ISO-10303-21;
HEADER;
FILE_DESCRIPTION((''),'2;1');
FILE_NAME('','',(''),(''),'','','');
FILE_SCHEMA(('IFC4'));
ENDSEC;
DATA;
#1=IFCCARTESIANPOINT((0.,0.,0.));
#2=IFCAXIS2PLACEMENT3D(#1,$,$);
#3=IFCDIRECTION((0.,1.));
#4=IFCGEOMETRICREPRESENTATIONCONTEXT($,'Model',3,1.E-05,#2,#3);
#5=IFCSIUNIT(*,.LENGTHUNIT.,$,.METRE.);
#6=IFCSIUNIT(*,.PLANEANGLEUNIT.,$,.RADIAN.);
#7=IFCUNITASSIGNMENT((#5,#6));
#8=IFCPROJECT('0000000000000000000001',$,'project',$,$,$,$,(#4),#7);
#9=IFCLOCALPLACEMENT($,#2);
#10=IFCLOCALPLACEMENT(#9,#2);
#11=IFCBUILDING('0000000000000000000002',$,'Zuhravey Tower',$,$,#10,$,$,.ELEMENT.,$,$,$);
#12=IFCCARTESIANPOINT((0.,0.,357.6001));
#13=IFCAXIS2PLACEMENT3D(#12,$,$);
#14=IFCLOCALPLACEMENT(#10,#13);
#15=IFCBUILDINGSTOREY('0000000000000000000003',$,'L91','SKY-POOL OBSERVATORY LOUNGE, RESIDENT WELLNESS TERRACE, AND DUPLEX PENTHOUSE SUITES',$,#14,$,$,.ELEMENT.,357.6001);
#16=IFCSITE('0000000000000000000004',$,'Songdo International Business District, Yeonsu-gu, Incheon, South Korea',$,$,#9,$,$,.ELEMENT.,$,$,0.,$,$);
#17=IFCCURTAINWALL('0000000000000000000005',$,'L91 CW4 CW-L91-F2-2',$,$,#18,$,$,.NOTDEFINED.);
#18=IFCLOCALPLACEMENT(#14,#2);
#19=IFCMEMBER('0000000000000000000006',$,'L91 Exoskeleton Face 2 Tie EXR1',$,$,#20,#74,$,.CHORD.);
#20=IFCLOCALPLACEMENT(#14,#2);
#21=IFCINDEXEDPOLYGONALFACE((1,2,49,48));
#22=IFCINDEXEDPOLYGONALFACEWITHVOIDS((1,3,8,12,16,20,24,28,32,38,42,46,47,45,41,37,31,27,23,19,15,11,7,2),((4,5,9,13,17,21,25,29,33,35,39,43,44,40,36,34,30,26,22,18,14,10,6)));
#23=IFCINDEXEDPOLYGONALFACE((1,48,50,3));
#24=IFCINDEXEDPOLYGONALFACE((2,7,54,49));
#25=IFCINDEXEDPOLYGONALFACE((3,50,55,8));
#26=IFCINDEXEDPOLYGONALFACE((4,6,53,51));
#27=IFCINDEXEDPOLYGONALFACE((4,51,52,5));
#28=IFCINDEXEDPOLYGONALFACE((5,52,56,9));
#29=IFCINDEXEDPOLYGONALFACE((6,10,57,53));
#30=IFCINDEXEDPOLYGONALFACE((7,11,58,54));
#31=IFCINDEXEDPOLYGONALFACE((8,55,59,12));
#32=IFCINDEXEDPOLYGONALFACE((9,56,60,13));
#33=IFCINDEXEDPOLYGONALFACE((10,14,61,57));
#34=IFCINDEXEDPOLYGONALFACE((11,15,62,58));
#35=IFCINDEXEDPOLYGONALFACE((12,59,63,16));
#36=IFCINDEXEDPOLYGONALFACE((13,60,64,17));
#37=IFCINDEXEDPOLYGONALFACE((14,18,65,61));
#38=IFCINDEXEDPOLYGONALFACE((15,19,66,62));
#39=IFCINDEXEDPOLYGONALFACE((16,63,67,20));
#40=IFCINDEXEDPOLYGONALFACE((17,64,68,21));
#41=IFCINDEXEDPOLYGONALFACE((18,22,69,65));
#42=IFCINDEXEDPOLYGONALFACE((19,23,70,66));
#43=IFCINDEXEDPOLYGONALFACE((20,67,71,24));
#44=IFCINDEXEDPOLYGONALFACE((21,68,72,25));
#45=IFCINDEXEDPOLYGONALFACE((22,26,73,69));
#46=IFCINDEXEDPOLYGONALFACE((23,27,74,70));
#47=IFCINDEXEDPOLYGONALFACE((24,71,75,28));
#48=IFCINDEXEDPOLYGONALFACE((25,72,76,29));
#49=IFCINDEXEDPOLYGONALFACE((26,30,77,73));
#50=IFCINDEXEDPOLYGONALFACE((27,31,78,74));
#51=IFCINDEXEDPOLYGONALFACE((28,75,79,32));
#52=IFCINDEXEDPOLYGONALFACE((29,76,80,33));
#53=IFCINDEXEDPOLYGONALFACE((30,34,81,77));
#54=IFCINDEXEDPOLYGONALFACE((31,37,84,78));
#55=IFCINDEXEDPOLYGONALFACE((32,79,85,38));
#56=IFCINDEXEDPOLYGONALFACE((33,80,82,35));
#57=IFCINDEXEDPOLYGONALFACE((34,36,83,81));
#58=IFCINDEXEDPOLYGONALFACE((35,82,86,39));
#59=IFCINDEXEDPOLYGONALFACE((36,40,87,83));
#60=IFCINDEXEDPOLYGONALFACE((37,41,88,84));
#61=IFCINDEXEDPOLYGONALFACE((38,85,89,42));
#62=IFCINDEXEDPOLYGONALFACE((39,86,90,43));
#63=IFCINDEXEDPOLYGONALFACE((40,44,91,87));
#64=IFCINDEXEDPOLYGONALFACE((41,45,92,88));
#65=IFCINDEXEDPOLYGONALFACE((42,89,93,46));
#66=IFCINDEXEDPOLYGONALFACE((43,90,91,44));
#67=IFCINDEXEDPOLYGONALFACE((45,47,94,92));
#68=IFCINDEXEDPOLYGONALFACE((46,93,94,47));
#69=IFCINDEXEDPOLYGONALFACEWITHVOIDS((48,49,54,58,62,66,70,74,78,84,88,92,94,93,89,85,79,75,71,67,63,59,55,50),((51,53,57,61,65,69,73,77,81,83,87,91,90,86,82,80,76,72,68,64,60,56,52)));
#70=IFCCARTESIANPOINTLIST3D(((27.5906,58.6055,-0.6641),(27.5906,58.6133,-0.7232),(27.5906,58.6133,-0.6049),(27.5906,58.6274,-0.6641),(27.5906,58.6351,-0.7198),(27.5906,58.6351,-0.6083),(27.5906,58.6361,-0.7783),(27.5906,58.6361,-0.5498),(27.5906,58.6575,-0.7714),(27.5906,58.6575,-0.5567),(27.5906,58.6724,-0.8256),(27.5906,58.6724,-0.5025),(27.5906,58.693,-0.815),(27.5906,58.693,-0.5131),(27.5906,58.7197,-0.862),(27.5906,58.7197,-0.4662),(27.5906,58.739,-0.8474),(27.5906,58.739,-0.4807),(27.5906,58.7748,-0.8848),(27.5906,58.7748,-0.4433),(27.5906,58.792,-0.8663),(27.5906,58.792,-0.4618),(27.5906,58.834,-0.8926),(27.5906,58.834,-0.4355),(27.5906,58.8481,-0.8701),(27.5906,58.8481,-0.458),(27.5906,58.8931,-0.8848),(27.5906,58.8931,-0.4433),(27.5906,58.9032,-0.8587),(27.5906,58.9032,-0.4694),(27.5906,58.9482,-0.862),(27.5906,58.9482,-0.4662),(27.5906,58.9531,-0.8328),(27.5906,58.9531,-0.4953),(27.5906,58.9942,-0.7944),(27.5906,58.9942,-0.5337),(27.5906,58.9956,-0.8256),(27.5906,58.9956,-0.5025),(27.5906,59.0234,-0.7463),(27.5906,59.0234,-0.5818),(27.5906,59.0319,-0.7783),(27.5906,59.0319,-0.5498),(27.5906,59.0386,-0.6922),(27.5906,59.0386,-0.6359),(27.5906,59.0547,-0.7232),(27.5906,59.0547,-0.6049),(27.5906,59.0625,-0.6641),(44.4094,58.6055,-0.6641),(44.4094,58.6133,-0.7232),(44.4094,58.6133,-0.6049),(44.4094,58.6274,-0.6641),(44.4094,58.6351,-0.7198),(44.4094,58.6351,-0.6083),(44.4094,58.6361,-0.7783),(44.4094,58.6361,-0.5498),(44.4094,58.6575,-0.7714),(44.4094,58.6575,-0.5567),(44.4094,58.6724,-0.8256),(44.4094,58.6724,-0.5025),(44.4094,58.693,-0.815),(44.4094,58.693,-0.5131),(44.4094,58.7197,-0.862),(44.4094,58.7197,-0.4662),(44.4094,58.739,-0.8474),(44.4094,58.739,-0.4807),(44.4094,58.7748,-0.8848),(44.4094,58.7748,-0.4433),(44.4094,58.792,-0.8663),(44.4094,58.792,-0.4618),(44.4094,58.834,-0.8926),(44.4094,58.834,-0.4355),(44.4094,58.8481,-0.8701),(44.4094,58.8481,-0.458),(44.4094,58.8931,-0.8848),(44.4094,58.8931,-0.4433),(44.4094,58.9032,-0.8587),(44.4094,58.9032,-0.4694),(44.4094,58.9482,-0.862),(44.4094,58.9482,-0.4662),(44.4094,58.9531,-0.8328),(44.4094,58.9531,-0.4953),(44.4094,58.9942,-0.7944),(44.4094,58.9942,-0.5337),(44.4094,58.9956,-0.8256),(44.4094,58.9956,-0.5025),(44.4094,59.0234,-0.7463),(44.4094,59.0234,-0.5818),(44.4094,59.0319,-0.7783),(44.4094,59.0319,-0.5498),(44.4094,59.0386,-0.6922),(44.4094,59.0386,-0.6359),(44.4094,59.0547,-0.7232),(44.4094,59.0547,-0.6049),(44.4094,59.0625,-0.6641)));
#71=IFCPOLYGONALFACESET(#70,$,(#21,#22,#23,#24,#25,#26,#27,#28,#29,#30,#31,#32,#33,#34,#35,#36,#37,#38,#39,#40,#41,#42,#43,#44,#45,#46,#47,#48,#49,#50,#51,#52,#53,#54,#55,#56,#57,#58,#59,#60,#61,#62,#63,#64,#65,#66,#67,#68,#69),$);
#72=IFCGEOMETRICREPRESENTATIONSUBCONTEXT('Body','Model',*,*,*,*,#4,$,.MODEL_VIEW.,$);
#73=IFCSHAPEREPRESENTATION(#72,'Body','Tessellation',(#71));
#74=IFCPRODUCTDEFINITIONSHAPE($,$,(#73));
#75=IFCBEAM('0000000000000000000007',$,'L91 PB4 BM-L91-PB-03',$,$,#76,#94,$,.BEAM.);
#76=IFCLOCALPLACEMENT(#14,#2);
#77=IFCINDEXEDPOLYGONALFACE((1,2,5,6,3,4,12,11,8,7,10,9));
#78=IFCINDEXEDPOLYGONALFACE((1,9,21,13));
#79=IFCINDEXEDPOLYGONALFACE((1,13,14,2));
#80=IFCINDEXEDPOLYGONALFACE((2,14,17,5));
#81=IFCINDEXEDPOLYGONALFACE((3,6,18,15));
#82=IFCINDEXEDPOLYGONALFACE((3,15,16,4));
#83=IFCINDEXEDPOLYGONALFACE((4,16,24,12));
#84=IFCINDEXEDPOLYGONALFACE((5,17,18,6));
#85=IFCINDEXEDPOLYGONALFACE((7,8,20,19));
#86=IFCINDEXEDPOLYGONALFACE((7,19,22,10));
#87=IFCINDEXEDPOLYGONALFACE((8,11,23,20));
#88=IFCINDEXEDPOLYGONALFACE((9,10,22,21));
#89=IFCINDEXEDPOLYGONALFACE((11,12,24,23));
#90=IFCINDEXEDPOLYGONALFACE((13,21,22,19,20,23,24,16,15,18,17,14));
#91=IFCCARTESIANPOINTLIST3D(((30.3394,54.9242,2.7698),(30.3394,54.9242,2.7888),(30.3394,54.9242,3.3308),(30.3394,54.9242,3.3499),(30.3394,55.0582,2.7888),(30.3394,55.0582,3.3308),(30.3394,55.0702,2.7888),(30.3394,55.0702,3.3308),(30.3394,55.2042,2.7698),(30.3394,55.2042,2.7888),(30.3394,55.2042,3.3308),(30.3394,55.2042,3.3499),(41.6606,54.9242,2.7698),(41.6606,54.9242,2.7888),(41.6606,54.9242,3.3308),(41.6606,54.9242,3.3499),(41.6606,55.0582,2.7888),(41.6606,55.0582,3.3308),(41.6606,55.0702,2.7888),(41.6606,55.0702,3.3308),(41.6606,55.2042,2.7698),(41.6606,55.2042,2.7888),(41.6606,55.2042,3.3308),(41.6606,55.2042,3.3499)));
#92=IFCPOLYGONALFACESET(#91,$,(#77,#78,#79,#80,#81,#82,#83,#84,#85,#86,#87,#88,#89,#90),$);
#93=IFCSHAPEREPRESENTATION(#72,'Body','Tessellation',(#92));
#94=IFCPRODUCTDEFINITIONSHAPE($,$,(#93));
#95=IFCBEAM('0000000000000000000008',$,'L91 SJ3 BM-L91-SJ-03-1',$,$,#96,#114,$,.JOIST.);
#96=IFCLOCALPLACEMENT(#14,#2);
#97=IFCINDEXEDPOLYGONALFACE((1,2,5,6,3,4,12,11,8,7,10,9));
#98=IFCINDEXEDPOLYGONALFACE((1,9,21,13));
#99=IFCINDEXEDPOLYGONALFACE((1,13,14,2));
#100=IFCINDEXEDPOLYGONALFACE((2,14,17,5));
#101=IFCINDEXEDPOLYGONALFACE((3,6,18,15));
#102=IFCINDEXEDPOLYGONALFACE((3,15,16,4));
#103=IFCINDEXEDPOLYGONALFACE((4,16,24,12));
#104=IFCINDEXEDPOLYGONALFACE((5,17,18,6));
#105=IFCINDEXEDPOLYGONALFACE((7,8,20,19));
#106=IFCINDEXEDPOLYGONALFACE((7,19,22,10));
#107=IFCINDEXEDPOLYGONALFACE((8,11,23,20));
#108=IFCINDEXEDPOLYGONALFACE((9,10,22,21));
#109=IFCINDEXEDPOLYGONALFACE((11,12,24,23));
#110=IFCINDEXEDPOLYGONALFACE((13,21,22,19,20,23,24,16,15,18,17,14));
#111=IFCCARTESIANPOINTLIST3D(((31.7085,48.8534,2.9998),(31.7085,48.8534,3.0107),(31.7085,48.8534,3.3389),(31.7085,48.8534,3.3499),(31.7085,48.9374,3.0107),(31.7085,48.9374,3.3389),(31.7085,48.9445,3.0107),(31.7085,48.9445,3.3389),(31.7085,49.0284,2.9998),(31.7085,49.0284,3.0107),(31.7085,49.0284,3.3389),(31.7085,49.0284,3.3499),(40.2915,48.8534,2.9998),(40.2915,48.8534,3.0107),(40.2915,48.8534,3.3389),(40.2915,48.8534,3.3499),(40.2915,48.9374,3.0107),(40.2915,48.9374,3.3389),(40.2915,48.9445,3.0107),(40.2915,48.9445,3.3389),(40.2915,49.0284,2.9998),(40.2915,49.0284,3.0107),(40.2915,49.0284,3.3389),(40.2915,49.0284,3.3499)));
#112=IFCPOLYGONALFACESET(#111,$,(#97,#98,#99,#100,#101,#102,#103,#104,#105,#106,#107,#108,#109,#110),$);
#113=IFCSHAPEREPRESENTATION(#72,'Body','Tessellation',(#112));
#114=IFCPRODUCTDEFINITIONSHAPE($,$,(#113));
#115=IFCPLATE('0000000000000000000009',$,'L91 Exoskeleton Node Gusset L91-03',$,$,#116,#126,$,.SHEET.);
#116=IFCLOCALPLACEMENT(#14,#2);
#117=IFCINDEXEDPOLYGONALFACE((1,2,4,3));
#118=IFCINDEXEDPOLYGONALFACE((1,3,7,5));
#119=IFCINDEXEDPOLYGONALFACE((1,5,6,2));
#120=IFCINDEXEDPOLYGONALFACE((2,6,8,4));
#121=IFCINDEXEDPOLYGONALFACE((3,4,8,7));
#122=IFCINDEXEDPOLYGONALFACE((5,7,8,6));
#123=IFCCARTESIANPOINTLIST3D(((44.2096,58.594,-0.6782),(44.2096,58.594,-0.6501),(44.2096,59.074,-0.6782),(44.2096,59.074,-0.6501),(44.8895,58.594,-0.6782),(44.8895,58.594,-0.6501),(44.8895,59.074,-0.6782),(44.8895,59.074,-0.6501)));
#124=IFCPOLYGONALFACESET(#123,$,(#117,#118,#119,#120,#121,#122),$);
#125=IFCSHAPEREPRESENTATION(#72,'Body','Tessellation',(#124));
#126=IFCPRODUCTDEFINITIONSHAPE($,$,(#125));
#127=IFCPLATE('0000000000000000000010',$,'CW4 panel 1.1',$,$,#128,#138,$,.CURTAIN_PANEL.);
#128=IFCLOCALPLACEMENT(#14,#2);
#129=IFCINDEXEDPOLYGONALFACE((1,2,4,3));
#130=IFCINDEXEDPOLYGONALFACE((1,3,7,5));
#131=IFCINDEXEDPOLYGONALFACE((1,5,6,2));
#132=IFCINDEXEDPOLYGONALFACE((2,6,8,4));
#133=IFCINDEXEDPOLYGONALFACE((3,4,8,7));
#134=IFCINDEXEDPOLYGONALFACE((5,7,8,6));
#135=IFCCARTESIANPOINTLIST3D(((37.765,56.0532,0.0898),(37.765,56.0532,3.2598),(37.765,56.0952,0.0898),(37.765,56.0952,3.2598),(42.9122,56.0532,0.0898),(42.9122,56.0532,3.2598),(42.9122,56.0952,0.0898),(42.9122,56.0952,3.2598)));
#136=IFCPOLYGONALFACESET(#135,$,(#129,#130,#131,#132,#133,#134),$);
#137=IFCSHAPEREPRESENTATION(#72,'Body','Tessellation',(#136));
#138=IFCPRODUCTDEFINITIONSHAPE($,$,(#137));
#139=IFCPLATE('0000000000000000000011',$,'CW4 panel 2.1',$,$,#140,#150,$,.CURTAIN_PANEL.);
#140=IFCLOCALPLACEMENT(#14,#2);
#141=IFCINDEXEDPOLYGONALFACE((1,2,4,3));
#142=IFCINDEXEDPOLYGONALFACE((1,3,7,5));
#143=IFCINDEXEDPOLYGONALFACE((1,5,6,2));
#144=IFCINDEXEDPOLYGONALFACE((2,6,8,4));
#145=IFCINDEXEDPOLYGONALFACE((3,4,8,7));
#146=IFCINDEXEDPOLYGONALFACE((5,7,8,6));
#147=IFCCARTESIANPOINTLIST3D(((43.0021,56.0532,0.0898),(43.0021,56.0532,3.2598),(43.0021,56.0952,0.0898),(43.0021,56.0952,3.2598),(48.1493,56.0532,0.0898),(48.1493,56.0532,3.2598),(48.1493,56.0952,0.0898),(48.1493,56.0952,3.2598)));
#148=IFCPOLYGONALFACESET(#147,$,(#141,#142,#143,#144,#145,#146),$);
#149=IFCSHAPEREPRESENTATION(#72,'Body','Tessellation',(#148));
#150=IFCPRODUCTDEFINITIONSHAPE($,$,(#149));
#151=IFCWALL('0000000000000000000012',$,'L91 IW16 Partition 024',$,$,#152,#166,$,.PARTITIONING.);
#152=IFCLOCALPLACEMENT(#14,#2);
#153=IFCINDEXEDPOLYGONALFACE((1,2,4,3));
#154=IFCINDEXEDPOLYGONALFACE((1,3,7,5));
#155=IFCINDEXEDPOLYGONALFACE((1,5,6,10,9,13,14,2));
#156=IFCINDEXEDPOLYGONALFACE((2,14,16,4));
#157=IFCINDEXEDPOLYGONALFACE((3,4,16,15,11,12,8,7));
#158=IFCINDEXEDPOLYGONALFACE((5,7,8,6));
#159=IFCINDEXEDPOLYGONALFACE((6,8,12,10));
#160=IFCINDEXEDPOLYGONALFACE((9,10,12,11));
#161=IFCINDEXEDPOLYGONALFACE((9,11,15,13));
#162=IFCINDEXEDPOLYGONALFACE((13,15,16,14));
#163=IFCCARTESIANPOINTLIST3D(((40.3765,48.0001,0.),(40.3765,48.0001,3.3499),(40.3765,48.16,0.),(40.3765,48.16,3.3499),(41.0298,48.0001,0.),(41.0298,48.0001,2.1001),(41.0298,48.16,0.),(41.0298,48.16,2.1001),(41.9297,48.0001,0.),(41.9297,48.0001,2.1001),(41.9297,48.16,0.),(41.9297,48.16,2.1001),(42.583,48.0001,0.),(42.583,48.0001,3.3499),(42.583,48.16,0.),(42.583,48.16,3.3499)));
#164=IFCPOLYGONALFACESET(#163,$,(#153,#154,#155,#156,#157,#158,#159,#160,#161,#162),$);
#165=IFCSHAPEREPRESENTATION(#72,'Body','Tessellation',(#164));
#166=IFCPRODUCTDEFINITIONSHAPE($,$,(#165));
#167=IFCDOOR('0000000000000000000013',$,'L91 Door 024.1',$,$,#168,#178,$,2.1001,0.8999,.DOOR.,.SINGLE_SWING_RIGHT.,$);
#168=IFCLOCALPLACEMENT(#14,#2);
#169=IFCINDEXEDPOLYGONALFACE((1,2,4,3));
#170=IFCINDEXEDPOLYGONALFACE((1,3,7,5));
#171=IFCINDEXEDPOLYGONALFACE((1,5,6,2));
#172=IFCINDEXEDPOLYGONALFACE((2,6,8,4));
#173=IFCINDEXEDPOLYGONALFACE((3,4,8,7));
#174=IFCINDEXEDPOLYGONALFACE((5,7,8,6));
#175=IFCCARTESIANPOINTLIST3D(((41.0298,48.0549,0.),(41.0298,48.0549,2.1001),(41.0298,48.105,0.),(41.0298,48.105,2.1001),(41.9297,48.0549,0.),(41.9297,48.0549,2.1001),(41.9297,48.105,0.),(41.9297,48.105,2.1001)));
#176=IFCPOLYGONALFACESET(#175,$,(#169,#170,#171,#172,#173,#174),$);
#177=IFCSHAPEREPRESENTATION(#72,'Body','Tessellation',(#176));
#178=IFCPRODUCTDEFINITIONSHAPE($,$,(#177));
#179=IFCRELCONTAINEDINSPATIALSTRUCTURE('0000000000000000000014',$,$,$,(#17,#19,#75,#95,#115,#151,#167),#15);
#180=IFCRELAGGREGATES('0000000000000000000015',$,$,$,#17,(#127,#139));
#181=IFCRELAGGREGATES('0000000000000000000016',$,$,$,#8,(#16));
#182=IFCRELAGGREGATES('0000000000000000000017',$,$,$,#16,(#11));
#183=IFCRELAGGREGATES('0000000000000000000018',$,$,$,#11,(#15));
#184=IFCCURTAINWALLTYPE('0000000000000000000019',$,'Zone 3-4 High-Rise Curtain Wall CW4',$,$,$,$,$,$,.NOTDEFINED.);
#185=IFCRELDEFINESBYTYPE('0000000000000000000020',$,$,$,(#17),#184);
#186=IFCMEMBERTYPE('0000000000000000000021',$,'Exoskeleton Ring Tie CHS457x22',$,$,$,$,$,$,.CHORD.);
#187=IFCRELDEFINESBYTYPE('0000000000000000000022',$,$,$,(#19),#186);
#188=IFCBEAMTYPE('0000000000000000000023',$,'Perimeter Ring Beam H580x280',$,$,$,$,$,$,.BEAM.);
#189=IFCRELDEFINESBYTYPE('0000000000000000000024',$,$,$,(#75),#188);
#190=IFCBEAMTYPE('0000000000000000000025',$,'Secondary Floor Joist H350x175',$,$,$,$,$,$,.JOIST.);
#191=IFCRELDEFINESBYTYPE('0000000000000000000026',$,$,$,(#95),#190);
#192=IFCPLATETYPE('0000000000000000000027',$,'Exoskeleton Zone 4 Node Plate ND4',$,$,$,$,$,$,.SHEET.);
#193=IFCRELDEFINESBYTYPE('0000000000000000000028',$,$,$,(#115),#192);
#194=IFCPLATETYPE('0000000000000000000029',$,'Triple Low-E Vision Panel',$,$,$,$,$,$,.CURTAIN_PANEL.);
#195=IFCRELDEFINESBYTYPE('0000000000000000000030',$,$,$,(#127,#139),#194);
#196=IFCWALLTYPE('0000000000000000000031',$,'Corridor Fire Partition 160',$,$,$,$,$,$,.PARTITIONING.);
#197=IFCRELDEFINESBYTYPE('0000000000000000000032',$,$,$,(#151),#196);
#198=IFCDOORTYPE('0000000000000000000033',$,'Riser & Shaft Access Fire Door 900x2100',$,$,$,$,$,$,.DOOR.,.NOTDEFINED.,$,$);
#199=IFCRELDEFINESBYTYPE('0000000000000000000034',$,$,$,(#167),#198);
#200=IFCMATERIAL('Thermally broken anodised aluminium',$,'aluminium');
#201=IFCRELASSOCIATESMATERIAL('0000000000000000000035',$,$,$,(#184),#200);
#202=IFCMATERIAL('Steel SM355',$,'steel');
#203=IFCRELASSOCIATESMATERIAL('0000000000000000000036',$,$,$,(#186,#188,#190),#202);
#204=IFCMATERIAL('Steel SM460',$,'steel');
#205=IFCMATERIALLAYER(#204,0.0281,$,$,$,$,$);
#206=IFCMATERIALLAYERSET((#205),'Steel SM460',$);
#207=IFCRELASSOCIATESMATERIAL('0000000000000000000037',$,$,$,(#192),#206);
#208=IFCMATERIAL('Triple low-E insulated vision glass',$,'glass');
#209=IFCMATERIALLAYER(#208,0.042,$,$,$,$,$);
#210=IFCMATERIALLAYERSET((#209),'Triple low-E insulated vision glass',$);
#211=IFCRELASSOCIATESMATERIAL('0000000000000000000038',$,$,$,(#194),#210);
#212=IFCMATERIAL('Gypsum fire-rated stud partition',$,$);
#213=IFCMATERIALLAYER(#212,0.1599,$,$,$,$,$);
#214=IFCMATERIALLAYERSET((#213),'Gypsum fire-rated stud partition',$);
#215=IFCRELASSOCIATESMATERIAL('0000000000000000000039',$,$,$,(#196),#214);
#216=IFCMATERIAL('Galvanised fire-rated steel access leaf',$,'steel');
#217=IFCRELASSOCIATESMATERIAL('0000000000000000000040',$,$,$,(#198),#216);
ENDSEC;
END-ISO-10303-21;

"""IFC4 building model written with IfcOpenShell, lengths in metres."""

from ifc_helpers import new_model, si_unit, direction, frame, frame_2d, origin, origin_2d, place, context, subcontext, project, spatial, rectangle, hollow_circle, i_section, extrude, material, layer, layer_set, material_profile, profile_set, type_object, element, fill, aggregate, save


model = new_model("IFC4")

# Units and contexts
model_context = context("Model", 3, precision=1e-05, world=origin(), true_north=direction((0.0, 1.0)))
body_context = subcontext(model_context, "Body", "Model", "MODEL_VIEW")
ifc_project = project(units=[si_unit("LENGTHUNIT", "METRE"), si_unit("PLANEANGLEUNIT", "RADIAN")], contexts=[model_context])

# Site, building, storey
site_placement = place(None, origin())
site = spatial("IfcSite", under=ifc_project, at=site_placement, Name="Songdo International Business District, Yeonsu-gu, Incheon, South Korea", CompositionType="ELEMENT", RefElevation=0.0)
building_placement = place(site_placement, origin())
building = spatial("IfcBuilding", under=site, at=building_placement, Name="Zuhravey Tower", CompositionType="ELEMENT")
storey_placement = place(building_placement, frame((0.0, 0.0, 357.6001)))
storey = spatial("IfcBuildingStorey", under=building, at=storey_placement, Name="L91", Description="SKY-POOL OBSERVATORY LOUNGE, RESIDENT WELLNESS TERRACE, AND DUPLEX PENTHOUSE SUITES", CompositionType="ELEMENT", Elevation=357.6001)

# Curtain wall
ifc_material_1 = material(Name="Thermally broken anodised aluminium", Category="aluminium")
curtain_wall_type = type_object("IfcCurtainWallType", Name="Zone 3-4 High-Rise Curtain Wall CW4", PredefinedType="NOTDEFINED", material=ifc_material_1)
curtain_wall_placement = place(storey_placement, origin())
curtain_wall = element("IfcCurtainWall", 1, at=curtain_wall_placement, inside=storey, type_object=curtain_wall_type, Name="L91 CW4 CW-L91-F2-2", PredefinedType="NOTDEFINED")

# Member
ifc_material_2 = material(Name="Steel SM355", Category="steel")
ifc_material_profile_1 = material_profile(ifc_material_2, hollow_circle(Radius=0.2285, WallThickness=0.022, at=origin_2d()), Name="CHS-457.2x22")
ifc_profile_set_1 = profile_set([ifc_material_profile_1], Name="Steel SM355")
member_type_1 = type_object("IfcMemberType", Name="Exoskeleton Ring Tie CHS457x22", PredefinedType="CHORD", material=ifc_profile_set_1)
member_1_placement = place(storey_placement, frame((44.4094, 58.834, -0.6641), z_axis=(-1.0, 0.0, 0.0), x_axis=(0.0, -1.0, 0.0)))
element("IfcMember", 2, at=member_1_placement, inside=storey, type_object=member_type_1, Name="L91 Exoskeleton Face 2 Tie EXR1", PredefinedType="CHORD", context=body_context, shape_type="SweptSolid", body=[
    extrude(hollow_circle(Radius=0.2285, WallThickness=0.022, at=origin_2d()), origin(), (0.0, 0.0, 1.0), 16.8188),
])

# Beams
ifc_material_profile_2 = material_profile(ifc_material_2, i_section(OverallWidth=0.28, OverallDepth=0.5801, WebThickness=0.012, FlangeThickness=0.019, at=origin_2d()), Name="H-580x280x12x19")
ifc_profile_set_2 = profile_set([ifc_material_profile_2], Name="Steel SM355")
beam_type_1 = type_object("IfcBeamType", Name="Perimeter Ring Beam H580x280", PredefinedType="BEAM", material=ifc_profile_set_2)
beam_1_placement = place(storey_placement, frame((41.6606, 55.0642, 3.0598), z_axis=(-1.0, 0.0, 0.0), x_axis=(0.0, -1.0, 0.0)))
element("IfcBeam", 3, at=beam_1_placement, inside=storey, type_object=beam_type_1, Name="L91 PB4 BM-L91-PB-03", PredefinedType="BEAM", context=body_context, shape_type="SweptSolid", body=[
    extrude(i_section(OverallWidth=0.28, OverallDepth=0.5801, WebThickness=0.012, FlangeThickness=0.019, at=origin_2d()), origin(), (0.0, 0.0, 1.0), 11.3213),
])
ifc_material_profile_3 = material_profile(ifc_material_2, i_section(OverallWidth=0.175, OverallDepth=0.3501, WebThickness=0.0071, FlangeThickness=0.011, at=origin_2d()), Name="H-350x175x7x11")
ifc_profile_set_3 = profile_set([ifc_material_profile_3], Name="Steel SM355")
beam_type_2 = type_object("IfcBeamType", Name="Secondary Floor Joist H350x175", PredefinedType="JOIST", material=ifc_profile_set_3)
beam_2_placement = place(storey_placement, frame((40.2915, 48.9409, 3.1748), z_axis=(-1.0, 0.0, 0.0), x_axis=(0.0, -1.0, 0.0)))
element("IfcBeam", 4, at=beam_2_placement, inside=storey, type_object=beam_type_2, Name="L91 SJ3 BM-L91-SJ-03-1", PredefinedType="JOIST", context=body_context, shape_type="SweptSolid", body=[
    extrude(i_section(OverallWidth=0.175, OverallDepth=0.3501, WebThickness=0.0071, FlangeThickness=0.011, at=origin_2d()), origin(), (0.0, 0.0, 1.0), 8.583),
])

# Plates
ifc_material_3 = material(Name="Steel SM460", Category="steel")
ifc_layer_1 = layer(ifc_material_3, 0.0281)
ifc_layer_set_1 = layer_set([ifc_layer_1], Name="Steel SM460")
plate_type_1 = type_object("IfcPlateType", Name="Exoskeleton Zone 4 Node Plate ND4", PredefinedType="SHEET", material=ifc_layer_set_1)
plate_1_placement = place(storey_placement, frame((44.5496, 58.834, -0.6782), z_axis=(0.0, 0.0, 1.0), x_axis=(-1.0, 0.0, 0.0)))
element("IfcPlate", 5, at=plate_1_placement, inside=storey, type_object=plate_type_1, Name="L91 Exoskeleton Node Gusset L91-03", PredefinedType="SHEET", context=body_context, shape_type="SweptSolid", body=[
    extrude(rectangle(XDim=0.6799, YDim=0.48, at=origin_2d()), origin(), (0.0, 0.0, 1.0), 0.0281),
])
ifc_material_4 = material(Name="Triple low-E insulated vision glass", Category="glass")
ifc_layer_2 = layer(ifc_material_4, 0.042)
ifc_layer_set_2 = layer_set([ifc_layer_2], Name="Triple low-E insulated vision glass")
plate_type_2 = type_object("IfcPlateType", Name="Triple Low-E Vision Panel", PredefinedType="CURTAIN_PANEL", material=ifc_layer_set_2)
plate_2_placement = place(storey_placement, frame((40.3386, 56.0742, 0.0898), z_axis=(0.0, 0.0, 1.0), x_axis=(1.0, 0.0, 0.0)))
plate_2 = element("IfcPlate", 6, at=plate_2_placement, type_object=plate_type_2, Name="CW4 panel 1.1", PredefinedType="CURTAIN_PANEL", context=body_context, shape_type="SweptSolid", body=[
    extrude(rectangle(XDim=5.1472, YDim=0.042, at=origin_2d()), origin(), (0.0, 0.0, 1.0), 3.1699),
])
plate_3_placement = place(storey_placement, frame((45.5757, 56.0742, 0.0898), z_axis=(0.0, 0.0, 1.0), x_axis=(1.0, 0.0, 0.0)))
plate_3 = element("IfcPlate", 7, at=plate_3_placement, type_object=plate_type_2, Name="CW4 panel 2.1", PredefinedType="CURTAIN_PANEL", context=body_context, shape_type="SweptSolid", body=[
    extrude(rectangle(XDim=5.1472, YDim=0.042, at=origin_2d()), origin(), (0.0, 0.0, 1.0), 3.1699),
])
aggregate(curtain_wall, [plate_2, plate_3])

# Wall, opening, door
ifc_material_5 = material(Name="Gypsum fire-rated stud partition")
ifc_layer_3 = layer(ifc_material_5, 0.1599)
ifc_layer_set_3 = layer_set([ifc_layer_3], Name="Gypsum fire-rated stud partition")
wall_type_1 = type_object("IfcWallType", Name="Corridor Fire Partition 160", PredefinedType="PARTITIONING", material=ifc_layer_set_3)
wall_1_placement = place(storey_placement, frame((40.3765, 48.0801, 0.0), z_axis=(0.0, 0.0, 1.0), x_axis=(1.0, 0.0, 0.0)))
wall_1 = element("IfcWall", 8, at=wall_1_placement, inside=storey, type_object=wall_type_1, Name="L91 IW16 Partition 024", PredefinedType="PARTITIONING", context=body_context, shape_type="SweptSolid", body=[
    extrude(rectangle(XDim=2.2065, YDim=0.1599, at=frame_2d((1.1033, 0.0))), origin(), (0.0, 0.0, 1.0), 3.3499),
])
opening_placement = place(wall_1_placement, frame((0.6533, 0.0, 0.0)))
opening = element("IfcOpeningElement", 9, at=opening_placement, cuts=wall_1, PredefinedType="OPENING", context=body_context, shape_type="SweptSolid", body=[
    extrude(rectangle(XDim=0.8999, YDim=2.1001, at=frame_2d((0.45, 1.05))), frame((0.0, 0.092, 0.0), z_axis=(0.0, -1.0, 0.0), x_axis=(1.0, 0.0, 0.0)), (0.0, 0.0, 1.0), 0.1838),
])
ifc_material_6 = material(Name="Galvanised fire-rated steel access leaf", Category="steel")
door_type = type_object("IfcDoorType", Name="Riser & Shaft Access Fire Door 900x2100", OperationType="NOTDEFINED", PredefinedType="DOOR", material=ifc_material_6)
door_placement = place(opening_placement, origin())
door = element("IfcDoor", 10, at=door_placement, inside=storey, type_object=door_type, Name="L91 Door 024.1", OperationType="SINGLE_SWING_RIGHT", OverallHeight=2.1001, OverallWidth=0.8999, PredefinedType="DOOR", context=body_context, shape_type="SweptSolid", body=[
    extrude(rectangle(XDim=0.8999, YDim=2.1001, at=frame_2d((0.45, 1.05))), frame((0.0, 0.0249, 0.0), z_axis=(0.0, -1.0, 0.0), x_axis=(1.0, 0.0, 0.0)), (0.0, 0.0, 1.0), 0.05),
])
fill(opening, door)

save(model, "model.ifc")
